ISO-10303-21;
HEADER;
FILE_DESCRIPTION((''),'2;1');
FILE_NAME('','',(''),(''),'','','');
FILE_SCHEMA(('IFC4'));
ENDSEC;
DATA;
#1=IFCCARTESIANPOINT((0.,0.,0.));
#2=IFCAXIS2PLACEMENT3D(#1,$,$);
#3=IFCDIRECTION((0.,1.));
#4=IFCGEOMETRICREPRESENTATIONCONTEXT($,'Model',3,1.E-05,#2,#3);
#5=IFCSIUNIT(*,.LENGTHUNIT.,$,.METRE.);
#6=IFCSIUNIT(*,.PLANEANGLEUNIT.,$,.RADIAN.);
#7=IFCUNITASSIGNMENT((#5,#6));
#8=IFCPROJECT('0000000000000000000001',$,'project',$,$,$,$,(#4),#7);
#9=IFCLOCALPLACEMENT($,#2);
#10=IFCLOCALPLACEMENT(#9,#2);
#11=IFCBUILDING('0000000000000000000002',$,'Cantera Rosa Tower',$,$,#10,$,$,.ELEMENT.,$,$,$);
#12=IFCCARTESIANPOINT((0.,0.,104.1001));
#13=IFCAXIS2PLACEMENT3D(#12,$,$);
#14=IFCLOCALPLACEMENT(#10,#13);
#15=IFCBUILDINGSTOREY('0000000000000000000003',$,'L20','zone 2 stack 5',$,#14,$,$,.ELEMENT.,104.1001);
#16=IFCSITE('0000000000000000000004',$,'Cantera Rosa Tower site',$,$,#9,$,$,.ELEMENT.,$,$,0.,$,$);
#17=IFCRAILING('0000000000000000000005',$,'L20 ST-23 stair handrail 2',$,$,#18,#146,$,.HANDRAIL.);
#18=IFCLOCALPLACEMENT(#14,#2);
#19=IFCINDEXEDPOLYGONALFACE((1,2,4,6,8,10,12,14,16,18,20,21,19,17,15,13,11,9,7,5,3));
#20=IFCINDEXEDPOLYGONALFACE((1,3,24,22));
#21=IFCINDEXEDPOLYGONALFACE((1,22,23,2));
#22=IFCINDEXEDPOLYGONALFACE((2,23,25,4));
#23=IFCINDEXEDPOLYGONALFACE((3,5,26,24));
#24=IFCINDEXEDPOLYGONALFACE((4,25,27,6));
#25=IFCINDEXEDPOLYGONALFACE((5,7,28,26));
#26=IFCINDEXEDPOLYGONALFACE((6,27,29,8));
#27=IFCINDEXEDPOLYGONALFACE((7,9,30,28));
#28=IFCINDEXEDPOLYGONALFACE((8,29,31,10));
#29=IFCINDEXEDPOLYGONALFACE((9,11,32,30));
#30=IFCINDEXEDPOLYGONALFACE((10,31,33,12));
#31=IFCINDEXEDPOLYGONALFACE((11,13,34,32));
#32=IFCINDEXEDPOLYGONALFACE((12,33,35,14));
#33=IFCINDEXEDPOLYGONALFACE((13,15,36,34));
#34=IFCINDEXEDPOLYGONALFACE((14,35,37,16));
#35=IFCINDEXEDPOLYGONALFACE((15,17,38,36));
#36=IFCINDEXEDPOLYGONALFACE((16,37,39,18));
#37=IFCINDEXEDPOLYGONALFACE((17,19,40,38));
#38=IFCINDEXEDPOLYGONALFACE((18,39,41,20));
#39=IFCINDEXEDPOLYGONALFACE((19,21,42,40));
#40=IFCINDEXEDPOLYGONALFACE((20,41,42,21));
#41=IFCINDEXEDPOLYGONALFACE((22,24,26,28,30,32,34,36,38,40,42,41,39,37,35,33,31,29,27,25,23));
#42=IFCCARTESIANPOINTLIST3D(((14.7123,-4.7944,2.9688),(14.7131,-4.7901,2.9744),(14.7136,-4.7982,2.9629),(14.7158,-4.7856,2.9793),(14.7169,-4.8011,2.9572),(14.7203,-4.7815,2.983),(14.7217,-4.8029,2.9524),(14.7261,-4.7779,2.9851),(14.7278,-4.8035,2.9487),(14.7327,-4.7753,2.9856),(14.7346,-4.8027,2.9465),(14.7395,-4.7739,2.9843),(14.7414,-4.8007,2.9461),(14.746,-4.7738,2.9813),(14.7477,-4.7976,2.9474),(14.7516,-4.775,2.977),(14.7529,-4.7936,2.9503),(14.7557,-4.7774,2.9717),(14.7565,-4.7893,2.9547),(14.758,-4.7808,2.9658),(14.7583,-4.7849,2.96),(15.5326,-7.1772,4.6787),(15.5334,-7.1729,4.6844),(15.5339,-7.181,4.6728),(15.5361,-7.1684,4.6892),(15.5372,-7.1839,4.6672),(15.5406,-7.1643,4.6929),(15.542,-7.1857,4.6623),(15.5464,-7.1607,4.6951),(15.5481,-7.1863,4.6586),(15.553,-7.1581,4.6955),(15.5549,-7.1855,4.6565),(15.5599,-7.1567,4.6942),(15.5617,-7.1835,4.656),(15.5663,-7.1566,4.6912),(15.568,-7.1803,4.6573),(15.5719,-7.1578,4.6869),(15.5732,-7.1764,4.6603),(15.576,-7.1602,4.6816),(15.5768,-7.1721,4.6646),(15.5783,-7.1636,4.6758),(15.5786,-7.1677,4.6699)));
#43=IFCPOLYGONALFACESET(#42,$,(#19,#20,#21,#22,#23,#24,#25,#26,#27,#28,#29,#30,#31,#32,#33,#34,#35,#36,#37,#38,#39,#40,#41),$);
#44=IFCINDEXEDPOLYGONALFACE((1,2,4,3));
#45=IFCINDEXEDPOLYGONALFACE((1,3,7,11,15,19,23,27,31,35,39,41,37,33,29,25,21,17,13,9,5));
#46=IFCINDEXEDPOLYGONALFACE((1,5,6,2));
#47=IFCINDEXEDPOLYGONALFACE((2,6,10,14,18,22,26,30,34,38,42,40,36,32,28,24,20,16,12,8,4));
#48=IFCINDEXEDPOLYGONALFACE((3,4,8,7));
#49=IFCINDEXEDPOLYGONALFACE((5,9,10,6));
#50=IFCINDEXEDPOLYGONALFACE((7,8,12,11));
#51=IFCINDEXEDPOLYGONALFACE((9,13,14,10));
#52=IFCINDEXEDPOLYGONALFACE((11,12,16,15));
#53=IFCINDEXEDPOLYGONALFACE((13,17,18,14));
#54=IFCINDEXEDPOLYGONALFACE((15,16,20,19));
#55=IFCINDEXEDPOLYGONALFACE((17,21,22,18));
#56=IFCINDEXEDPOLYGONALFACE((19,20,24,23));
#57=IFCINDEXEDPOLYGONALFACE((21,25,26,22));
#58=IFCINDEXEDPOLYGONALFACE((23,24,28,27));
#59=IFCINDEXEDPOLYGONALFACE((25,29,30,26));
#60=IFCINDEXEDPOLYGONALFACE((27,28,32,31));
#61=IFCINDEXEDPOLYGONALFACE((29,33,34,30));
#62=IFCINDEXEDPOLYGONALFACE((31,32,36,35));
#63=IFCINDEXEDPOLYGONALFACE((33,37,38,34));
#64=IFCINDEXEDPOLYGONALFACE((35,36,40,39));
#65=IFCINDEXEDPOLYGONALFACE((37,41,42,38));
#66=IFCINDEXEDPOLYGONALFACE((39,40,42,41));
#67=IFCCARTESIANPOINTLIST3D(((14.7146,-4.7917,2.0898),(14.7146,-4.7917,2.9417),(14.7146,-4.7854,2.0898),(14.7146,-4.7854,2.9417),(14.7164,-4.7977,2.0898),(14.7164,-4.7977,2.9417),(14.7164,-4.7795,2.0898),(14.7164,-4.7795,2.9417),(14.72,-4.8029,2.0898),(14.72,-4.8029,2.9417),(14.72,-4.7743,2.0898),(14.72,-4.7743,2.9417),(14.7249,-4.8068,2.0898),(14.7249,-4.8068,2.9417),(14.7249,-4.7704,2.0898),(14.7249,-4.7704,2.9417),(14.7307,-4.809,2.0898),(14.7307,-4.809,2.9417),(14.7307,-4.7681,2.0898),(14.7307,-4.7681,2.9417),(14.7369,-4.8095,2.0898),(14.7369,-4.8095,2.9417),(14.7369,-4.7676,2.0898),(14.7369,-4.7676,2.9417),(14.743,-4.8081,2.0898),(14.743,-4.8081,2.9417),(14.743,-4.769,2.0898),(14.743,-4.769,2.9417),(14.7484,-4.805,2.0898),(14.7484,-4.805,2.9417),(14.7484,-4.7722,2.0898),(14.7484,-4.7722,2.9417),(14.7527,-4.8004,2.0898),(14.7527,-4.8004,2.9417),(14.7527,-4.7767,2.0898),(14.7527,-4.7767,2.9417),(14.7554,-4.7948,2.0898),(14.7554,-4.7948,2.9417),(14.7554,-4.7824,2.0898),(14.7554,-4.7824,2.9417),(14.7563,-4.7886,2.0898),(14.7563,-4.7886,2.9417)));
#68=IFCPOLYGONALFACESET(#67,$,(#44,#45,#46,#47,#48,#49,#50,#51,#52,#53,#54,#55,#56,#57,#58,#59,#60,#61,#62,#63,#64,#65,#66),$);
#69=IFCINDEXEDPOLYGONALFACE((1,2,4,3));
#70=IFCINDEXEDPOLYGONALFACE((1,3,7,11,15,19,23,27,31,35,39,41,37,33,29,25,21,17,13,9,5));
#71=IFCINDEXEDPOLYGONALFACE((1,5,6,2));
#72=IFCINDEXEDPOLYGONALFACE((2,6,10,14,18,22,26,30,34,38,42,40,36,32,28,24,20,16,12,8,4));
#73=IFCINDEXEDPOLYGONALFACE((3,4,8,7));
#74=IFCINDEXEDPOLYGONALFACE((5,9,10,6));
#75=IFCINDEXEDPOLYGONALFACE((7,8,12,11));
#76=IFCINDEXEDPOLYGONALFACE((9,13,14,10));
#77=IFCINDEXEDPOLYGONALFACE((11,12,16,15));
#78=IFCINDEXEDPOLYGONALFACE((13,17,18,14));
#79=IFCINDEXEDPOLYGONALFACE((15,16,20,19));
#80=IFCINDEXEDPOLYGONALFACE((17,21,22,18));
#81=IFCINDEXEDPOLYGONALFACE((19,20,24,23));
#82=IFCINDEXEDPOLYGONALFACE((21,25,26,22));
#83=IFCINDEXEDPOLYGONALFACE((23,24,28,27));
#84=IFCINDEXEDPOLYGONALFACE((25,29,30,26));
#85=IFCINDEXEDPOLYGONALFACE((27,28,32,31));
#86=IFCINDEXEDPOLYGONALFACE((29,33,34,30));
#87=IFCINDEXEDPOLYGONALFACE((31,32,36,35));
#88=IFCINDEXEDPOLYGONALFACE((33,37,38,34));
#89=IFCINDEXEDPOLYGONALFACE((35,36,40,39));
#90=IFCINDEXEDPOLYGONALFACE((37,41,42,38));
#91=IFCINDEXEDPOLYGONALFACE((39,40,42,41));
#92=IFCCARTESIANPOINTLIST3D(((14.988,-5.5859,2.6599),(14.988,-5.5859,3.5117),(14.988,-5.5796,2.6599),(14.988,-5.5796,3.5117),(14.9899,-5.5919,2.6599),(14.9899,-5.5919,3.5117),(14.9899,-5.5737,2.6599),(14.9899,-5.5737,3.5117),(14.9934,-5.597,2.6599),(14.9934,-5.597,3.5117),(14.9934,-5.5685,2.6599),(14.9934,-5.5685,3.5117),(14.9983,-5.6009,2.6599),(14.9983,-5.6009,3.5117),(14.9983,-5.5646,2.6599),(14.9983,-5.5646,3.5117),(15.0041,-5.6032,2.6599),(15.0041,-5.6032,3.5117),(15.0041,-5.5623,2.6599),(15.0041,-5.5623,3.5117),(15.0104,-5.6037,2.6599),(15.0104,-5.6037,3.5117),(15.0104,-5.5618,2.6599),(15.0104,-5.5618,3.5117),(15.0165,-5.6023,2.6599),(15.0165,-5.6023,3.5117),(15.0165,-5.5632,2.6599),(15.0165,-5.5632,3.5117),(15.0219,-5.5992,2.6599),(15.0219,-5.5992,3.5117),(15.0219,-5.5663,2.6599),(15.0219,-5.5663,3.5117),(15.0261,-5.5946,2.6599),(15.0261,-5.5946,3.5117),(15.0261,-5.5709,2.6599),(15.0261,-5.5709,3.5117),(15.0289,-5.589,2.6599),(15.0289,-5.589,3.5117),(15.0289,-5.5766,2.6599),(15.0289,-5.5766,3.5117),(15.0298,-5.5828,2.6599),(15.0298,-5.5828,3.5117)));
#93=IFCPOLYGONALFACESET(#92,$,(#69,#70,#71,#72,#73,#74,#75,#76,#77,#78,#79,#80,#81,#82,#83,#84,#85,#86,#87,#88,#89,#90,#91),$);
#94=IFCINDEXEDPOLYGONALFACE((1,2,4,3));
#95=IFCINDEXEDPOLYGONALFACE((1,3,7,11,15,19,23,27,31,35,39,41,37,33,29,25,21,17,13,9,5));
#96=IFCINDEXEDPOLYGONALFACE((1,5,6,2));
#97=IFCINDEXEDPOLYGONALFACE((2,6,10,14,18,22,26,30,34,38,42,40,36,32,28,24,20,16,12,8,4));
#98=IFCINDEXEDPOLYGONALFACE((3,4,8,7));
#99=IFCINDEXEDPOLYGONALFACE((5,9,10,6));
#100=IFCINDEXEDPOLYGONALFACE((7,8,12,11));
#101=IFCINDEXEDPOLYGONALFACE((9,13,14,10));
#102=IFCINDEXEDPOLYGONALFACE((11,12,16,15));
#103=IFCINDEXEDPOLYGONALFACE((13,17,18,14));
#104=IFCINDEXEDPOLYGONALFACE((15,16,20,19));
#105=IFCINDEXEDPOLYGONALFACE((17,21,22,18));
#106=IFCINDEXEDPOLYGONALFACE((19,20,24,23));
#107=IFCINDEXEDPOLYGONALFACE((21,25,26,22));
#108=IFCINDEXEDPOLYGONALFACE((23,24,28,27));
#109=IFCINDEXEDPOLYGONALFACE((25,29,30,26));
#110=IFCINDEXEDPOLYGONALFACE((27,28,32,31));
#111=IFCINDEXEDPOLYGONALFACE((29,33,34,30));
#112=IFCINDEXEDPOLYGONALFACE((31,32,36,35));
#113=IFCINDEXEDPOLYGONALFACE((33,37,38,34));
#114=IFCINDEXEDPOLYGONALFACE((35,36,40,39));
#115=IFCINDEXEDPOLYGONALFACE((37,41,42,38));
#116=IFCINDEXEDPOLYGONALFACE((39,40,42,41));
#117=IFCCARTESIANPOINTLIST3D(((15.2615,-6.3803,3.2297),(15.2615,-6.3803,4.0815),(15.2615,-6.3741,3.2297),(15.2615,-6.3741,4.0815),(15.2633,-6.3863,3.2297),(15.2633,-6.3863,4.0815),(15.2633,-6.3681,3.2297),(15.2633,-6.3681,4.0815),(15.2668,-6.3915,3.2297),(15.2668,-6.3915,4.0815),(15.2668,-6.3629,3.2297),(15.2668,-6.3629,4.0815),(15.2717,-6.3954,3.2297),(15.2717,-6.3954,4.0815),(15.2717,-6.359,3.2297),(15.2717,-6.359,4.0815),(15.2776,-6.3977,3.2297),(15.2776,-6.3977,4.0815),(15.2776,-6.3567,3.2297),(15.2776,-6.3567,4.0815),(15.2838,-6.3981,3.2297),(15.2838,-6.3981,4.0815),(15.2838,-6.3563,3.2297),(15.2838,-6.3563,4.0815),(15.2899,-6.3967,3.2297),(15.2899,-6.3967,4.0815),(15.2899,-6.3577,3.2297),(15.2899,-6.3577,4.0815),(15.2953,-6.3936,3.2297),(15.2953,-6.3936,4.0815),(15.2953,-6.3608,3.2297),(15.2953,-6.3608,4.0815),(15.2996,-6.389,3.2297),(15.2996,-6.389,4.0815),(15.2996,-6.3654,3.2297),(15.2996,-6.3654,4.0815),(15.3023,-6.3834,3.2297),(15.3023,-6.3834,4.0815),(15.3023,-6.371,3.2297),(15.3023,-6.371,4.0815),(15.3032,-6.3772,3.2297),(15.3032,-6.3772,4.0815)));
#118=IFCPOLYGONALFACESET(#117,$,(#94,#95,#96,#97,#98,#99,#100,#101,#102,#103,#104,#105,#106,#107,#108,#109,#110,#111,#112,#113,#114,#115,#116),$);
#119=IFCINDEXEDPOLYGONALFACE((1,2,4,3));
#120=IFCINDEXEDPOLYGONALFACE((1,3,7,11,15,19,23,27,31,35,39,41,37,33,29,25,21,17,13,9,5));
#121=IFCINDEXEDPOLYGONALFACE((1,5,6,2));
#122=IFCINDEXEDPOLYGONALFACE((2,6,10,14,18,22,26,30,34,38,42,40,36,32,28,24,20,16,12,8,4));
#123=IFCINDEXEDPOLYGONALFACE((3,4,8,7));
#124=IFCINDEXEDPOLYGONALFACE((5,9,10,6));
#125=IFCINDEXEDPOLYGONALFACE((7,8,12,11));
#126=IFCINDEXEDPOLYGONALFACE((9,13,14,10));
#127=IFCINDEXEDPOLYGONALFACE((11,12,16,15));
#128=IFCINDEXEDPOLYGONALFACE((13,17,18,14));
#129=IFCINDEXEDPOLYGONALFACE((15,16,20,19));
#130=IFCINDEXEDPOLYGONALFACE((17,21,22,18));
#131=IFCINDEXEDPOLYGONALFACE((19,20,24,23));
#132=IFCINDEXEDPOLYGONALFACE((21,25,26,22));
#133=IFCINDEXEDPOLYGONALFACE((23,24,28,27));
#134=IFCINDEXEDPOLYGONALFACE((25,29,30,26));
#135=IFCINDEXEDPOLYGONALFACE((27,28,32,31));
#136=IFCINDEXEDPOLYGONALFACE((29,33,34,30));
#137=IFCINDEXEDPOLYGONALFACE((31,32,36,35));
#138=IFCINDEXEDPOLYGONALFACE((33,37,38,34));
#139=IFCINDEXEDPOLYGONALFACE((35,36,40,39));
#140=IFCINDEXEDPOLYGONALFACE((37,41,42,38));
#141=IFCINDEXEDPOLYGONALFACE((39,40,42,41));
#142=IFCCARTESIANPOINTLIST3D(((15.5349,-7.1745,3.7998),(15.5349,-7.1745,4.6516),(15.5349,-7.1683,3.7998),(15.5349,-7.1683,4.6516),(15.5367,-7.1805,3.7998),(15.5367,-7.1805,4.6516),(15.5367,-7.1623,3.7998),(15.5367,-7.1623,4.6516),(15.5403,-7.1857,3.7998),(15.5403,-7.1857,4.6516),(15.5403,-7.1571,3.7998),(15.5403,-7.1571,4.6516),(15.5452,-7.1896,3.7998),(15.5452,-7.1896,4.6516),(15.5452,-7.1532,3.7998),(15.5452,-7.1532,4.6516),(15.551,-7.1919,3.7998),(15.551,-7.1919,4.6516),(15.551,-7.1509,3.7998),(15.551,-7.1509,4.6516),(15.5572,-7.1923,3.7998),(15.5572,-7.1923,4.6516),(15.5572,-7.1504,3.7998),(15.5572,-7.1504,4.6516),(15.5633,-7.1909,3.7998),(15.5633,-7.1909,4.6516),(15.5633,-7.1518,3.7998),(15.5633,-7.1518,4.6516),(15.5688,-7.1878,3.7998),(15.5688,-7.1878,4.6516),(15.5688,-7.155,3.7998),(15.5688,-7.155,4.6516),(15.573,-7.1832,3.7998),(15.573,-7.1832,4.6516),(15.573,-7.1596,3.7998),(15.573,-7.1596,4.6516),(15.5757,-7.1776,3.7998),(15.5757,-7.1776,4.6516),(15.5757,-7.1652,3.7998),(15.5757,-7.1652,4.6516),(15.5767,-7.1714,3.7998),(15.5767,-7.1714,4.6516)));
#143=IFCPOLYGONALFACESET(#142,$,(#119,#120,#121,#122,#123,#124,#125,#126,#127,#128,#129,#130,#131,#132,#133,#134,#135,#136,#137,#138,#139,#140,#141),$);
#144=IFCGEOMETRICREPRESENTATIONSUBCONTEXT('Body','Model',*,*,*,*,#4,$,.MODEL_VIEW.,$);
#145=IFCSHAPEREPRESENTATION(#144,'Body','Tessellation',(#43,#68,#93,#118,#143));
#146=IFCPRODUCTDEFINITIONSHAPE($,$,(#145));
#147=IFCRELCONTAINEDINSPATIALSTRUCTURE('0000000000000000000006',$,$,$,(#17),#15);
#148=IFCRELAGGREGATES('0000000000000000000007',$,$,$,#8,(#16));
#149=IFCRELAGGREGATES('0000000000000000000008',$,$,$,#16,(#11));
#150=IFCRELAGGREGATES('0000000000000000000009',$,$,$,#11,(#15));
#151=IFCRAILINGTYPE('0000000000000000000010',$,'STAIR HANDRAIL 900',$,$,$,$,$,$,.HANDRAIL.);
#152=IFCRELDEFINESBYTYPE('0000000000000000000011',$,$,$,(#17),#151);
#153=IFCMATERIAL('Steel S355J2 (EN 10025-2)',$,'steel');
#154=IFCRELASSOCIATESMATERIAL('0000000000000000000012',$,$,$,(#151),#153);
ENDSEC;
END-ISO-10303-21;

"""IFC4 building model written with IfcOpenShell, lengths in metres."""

from ifc_helpers import new_model, si_unit, direction, frame, origin, origin_2d, place, context, subcontext, project, spatial, circle, extrude, material, type_object, element, save


model = new_model("IFC4")

# Units and contexts
model_context = context("Model", 3, precision=1e-05, world=origin(), true_north=direction((0.0, 1.0)))
body_context = subcontext(model_context, "Body", "Model", "MODEL_VIEW")
ifc_project = project(units=[si_unit("LENGTHUNIT", "METRE"), si_unit("PLANEANGLEUNIT", "RADIAN")], contexts=[model_context])

# Site, building, storey
site_placement = place(None, origin())
site = spatial("IfcSite", under=ifc_project, at=site_placement, Name="Cantera Rosa Tower site", CompositionType="ELEMENT", RefElevation=0.0)
building_placement = place(site_placement, origin())
building = spatial("IfcBuilding", under=site, at=building_placement, Name="Cantera Rosa Tower", CompositionType="ELEMENT")
storey_placement = place(building_placement, frame((0.0, 0.0, 104.1001)))
storey = spatial("IfcBuildingStorey", under=building, at=storey_placement, Name="L20", Description="zone 2 stack 5", CompositionType="ELEMENT", Elevation=104.1001)

# Railing
ifc_material_1 = material(Name="Steel S355J2 (EN 10025-2)", Category="steel")
railing_type_1 = type_object("IfcRailingType", Name="STAIR HANDRAIL 900", PredefinedType="HANDRAIL", material=ifc_material_1)
railing_1_placement = place(storey_placement, frame((14.7354, -4.7886, 2.0898)))
element("IfcRailing", 1, at=railing_1_placement, inside=storey, type_object=railing_type_1, Name="L20 ST-23 stair handrail 2", PredefinedType="HANDRAIL", context=body_context, shape_type="SweptSolid", body=[
    extrude(circle(Radius=0.0239, at=origin_2d()), frame((0.0, 0.0, 0.876), z_axis=(0.269358, -0.782421, 0.561483), x_axis=(0.945538, 0.325513, 0.0)), (0.0, 0.0, 1.0), 3.0454),
    extrude(circle(Radius=0.021, at=origin_2d()), origin(), (0.0, 0.0, 1.0), 0.8518),
    extrude(circle(Radius=0.021, at=origin_2d()), frame((0.2734, -0.7942, 0.5701)), (0.0, 0.0, 1.0), 0.8518),
    extrude(circle(Radius=0.021, at=origin_2d()), frame((0.5469, -1.5886, 1.1399)), (0.0, 0.0, 1.0), 0.8518),
    extrude(circle(Radius=0.021, at=origin_2d()), frame((0.8203, -2.3828, 1.71)), (0.0, 0.0, 1.0), 0.8518),
])

save(model, "model.ifc")
